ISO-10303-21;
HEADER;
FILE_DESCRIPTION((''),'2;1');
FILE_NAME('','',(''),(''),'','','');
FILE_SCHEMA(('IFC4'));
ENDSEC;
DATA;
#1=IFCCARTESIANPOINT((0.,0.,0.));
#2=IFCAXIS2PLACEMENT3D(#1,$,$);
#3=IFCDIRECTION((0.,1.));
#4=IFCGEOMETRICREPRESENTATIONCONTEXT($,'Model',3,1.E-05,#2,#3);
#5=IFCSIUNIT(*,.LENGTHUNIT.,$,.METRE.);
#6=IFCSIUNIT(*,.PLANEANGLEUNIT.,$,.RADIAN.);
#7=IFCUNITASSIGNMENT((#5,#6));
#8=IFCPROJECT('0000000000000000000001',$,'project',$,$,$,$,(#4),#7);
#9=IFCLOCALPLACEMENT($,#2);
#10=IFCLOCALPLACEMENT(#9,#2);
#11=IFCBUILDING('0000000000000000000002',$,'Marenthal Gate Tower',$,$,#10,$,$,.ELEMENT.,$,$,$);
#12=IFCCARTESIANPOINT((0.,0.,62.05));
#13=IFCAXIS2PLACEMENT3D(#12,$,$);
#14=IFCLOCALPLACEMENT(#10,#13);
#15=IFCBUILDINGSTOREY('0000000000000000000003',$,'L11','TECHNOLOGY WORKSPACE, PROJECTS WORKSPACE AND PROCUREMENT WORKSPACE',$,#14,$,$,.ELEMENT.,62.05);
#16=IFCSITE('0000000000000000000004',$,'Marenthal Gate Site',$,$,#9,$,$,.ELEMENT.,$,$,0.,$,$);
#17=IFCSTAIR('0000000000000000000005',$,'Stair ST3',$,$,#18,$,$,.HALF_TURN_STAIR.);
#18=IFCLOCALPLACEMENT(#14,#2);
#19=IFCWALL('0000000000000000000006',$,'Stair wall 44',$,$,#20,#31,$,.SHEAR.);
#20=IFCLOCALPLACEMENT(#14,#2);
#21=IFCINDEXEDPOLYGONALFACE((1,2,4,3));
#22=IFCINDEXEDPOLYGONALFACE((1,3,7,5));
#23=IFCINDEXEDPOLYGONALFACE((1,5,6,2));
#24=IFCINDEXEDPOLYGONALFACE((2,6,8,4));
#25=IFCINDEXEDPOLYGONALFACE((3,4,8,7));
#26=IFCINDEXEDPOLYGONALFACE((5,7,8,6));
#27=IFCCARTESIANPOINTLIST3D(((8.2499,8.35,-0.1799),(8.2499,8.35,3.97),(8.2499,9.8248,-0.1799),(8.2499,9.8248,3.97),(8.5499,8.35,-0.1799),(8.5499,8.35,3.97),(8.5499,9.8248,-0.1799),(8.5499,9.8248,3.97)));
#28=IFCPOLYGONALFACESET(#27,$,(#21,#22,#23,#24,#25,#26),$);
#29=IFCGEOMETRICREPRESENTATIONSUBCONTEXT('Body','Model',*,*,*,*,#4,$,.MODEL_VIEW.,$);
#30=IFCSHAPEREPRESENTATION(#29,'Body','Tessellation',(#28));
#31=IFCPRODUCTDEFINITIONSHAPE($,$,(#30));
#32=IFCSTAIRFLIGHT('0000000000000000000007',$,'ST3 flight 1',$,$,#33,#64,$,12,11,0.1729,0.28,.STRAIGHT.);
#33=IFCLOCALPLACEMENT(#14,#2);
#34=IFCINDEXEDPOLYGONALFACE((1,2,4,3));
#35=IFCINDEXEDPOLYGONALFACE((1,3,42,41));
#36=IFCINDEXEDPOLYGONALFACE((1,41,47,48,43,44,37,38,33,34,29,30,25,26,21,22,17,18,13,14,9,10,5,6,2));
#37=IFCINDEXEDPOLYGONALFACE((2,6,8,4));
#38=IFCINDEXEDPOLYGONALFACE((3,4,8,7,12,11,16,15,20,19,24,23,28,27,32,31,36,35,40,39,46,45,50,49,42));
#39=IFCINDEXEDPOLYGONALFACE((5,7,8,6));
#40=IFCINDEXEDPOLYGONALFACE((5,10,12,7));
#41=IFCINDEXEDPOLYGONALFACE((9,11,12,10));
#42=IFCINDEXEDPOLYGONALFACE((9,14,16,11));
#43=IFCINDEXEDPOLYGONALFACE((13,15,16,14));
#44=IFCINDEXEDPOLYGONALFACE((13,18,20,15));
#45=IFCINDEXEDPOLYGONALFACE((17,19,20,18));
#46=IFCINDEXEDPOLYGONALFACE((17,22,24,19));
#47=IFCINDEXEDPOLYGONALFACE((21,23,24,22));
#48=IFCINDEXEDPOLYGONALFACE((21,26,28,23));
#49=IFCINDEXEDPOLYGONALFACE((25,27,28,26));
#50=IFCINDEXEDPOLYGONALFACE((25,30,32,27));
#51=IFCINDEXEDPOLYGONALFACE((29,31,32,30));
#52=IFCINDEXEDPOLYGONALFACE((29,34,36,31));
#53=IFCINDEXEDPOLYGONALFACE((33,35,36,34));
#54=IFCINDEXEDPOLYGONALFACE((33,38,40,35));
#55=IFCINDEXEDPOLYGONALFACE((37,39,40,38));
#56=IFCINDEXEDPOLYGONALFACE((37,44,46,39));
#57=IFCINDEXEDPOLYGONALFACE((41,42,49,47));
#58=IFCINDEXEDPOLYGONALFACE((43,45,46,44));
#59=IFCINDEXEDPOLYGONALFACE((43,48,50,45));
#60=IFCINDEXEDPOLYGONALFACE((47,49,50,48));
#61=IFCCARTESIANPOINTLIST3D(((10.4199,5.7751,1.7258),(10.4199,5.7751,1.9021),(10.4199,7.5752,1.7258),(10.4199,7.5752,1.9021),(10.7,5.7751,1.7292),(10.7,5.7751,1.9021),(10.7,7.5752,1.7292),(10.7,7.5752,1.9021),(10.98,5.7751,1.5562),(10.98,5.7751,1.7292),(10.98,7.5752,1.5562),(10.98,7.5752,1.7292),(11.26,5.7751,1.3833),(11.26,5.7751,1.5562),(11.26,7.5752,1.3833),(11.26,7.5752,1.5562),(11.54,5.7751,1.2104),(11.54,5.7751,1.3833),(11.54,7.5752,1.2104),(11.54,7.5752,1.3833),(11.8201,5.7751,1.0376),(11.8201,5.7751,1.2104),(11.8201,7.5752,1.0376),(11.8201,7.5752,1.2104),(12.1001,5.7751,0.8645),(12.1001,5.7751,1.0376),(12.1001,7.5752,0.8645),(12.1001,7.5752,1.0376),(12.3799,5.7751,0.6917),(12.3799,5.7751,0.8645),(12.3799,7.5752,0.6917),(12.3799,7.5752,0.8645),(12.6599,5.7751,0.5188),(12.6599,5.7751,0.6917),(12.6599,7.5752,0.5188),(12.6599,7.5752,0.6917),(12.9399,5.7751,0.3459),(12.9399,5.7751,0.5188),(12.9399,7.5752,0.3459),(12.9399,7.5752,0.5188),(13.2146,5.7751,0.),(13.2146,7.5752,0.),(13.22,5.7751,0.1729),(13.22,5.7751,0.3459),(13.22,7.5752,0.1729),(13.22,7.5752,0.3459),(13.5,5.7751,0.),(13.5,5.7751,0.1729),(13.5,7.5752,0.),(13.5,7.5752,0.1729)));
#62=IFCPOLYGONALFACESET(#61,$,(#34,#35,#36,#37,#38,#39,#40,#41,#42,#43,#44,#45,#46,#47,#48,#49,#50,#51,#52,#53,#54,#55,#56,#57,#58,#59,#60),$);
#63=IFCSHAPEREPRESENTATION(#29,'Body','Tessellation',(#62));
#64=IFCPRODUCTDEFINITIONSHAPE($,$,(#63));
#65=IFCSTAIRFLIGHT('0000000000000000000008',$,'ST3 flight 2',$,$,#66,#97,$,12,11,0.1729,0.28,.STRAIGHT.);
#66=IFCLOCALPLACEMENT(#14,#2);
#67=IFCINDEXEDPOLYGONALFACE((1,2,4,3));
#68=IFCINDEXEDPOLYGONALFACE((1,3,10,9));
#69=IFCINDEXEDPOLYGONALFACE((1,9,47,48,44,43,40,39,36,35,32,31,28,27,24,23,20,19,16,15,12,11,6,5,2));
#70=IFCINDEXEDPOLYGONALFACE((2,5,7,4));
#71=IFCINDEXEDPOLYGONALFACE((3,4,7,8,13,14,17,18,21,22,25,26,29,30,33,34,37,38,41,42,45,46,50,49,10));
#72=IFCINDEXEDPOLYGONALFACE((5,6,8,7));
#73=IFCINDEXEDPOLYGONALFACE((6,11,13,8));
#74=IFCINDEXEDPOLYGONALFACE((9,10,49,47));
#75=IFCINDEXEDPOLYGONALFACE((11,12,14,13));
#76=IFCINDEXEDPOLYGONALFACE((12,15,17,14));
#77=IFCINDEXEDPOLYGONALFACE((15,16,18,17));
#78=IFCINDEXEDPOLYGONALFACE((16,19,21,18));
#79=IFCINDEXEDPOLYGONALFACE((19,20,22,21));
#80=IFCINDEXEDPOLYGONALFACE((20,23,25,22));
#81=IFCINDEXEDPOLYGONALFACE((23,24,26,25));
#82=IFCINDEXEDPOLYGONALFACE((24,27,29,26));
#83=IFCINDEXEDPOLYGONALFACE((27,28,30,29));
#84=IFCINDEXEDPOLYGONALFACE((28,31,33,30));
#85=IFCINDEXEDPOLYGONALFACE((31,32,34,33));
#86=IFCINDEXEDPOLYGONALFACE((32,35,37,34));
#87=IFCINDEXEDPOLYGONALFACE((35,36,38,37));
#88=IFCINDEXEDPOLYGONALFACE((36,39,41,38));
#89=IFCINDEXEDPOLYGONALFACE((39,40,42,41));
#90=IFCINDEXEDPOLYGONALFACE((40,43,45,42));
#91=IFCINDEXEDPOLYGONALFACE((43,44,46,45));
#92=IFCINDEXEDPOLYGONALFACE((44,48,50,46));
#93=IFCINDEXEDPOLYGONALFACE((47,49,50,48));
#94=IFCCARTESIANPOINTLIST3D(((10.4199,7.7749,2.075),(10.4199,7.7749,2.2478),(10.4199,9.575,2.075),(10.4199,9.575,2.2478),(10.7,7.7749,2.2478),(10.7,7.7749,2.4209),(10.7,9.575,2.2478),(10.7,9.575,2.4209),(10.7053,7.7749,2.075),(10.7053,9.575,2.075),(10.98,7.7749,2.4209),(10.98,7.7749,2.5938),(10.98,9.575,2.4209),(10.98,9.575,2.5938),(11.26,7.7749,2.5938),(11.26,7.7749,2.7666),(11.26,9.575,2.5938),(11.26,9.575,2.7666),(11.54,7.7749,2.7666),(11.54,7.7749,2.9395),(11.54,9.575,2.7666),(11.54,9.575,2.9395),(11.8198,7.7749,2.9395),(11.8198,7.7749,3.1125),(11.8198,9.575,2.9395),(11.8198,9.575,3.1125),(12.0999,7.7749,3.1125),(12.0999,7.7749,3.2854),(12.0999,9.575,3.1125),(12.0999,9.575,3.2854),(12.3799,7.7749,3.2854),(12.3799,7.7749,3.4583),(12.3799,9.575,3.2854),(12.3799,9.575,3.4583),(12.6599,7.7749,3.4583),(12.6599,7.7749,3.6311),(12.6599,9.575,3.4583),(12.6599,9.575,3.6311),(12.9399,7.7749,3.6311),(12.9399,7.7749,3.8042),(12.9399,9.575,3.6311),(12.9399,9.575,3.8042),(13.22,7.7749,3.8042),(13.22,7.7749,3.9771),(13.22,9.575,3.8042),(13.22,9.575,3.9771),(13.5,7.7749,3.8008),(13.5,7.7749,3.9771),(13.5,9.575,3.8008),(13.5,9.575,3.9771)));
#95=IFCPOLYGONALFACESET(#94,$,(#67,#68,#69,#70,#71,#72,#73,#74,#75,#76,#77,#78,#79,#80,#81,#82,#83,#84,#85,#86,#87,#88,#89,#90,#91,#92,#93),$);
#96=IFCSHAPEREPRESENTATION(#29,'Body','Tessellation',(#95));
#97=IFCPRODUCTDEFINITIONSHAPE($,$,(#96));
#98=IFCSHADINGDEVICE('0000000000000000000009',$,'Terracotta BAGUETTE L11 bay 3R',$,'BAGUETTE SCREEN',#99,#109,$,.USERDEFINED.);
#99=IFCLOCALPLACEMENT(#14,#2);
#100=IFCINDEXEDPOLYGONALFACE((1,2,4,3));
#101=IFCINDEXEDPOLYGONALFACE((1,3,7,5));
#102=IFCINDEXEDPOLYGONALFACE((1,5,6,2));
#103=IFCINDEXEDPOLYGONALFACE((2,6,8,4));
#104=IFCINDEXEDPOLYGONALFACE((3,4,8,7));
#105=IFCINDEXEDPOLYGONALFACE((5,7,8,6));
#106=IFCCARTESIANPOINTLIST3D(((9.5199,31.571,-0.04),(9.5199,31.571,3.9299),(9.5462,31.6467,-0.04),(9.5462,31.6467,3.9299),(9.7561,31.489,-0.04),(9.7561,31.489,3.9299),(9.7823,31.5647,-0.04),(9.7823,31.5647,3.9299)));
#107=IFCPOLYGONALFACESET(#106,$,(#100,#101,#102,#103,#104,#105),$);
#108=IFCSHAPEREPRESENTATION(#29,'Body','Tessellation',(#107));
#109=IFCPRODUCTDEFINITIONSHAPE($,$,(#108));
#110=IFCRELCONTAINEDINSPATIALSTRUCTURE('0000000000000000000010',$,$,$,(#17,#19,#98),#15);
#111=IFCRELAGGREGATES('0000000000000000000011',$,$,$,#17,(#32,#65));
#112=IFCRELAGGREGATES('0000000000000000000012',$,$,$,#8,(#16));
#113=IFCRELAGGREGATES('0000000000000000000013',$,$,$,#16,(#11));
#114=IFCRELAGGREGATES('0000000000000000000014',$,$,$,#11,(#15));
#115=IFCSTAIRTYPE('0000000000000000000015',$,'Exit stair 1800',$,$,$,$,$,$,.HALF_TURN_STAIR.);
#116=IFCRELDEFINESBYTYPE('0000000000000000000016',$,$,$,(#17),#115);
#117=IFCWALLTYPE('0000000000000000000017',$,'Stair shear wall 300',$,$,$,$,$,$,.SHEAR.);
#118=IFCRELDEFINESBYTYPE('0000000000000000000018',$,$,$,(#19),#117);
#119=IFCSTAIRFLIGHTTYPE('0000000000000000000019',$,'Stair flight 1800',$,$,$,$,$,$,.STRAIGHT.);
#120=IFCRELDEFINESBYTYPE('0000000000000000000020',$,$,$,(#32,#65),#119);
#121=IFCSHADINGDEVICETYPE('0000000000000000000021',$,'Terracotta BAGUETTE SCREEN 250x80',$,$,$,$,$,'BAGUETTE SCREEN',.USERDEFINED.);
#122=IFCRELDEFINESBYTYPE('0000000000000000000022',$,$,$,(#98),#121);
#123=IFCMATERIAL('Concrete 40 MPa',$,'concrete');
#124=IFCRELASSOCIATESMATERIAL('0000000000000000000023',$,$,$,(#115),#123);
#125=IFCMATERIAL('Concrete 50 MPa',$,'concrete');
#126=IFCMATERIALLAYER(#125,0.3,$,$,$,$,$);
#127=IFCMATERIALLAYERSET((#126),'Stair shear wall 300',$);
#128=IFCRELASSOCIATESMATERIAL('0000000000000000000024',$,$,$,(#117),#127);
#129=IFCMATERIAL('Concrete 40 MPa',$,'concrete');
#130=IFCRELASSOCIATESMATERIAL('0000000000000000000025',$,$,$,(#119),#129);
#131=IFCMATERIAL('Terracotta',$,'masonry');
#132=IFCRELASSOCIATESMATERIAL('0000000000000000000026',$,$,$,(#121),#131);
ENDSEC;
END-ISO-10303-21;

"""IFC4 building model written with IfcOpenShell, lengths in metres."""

from ifc_helpers import new_model, si_unit, direction, frame, frame_2d, origin, origin_2d, place, context, subcontext, project, spatial, polyline, rectangle, outline, extrude, material, layer, layer_set, material_profile, profile_set, type_object, element, aggregate, save


model = new_model("IFC4")

# Units and contexts
model_context = context("Model", 3, precision=1e-05, world=origin(), true_north=direction((0.0, 1.0)))
body_context = subcontext(model_context, "Body", "Model", "MODEL_VIEW")
ifc_project = project(units=[si_unit("LENGTHUNIT", "METRE"), si_unit("PLANEANGLEUNIT", "RADIAN")], contexts=[model_context])

# Site, building, storey
site_placement = place(None, origin())
site = spatial("IfcSite", under=ifc_project, at=site_placement, Name="Marenthal Gate Site", CompositionType="ELEMENT", RefElevation=0.0)
building_placement = place(site_placement, origin())
building = spatial("IfcBuilding", under=site, at=building_placement, Name="Marenthal Gate Tower", CompositionType="ELEMENT")
storey_placement = place(building_placement, frame((0.0, 0.0, 62.05)))
storey = spatial("IfcBuildingStorey", under=building, at=storey_placement, Name="L11", Description="TECHNOLOGY WORKSPACE, PROJECTS WORKSPACE AND PROCUREMENT WORKSPACE", CompositionType="ELEMENT", Elevation=62.05)

# Stair
ifc_material_1 = material(Name="Concrete 40 MPa", Category="concrete")
stair_type = type_object("IfcStairType", Name="Exit stair 1800", PredefinedType="HALF_TURN_STAIR", material=ifc_material_1)
stair_1_placement = place(storey_placement, origin())
stair_1 = element("IfcStair", 1, at=stair_1_placement, inside=storey, type_object=stair_type, Name="Stair ST3", PredefinedType="HALF_TURN_STAIR")

# Wall
ifc_material_2 = material(Name="Concrete 50 MPa", Category="concrete")
ifc_layer_1 = layer(ifc_material_2, 0.3)
ifc_layer_set_1 = layer_set([ifc_layer_1], Name="Stair shear wall 300")
wall_type_1 = type_object("IfcWallType", Name="Stair shear wall 300", PredefinedType="SHEAR", material=ifc_layer_set_1)
wall_1_placement = place(storey_placement, frame((8.3999, 8.3501, -0.1799), z_axis=(0.0, 0.0, 1.0), x_axis=(0.0, 1.0, 0.0)))
element("IfcWall", 2, at=wall_1_placement, inside=storey, type_object=wall_type_1, Name="Stair wall 44", PredefinedType="SHEAR", context=body_context, shape_type="SweptSolid", body=[
    extrude(rectangle(XDim=1.4749, YDim=0.3, at=frame_2d((0.7373, 0.0))), origin(), (0.0, 0.0, 1.0), 4.1499),
])

# Stair flights
ifc_material_3 = material(Name="Concrete 40 MPa", Category="concrete")
stair_flight_type = type_object("IfcStairFlightType", Name="Stair flight 1800", PredefinedType="STRAIGHT", material=ifc_material_3)
stair_flight_1_placement = place(storey_placement, frame((13.5, 6.675, 0.0), z_axis=(0.0, 0.0, 1.0), x_axis=(-1.0, 0.0, 0.0)))
stair_flight_1 = element("IfcStairFlight", 3, at=stair_flight_1_placement, type_object=stair_flight_type, Name="ST3 flight 1", NumberOfRisers=12, NumberOfTreads=11, PredefinedType="STRAIGHT", RiserHeight=0.1729, TreadLength=0.28, context=body_context, shape_type="SweptSolid", body=[
    extrude(outline(polyline([(0.0, 0.0), (0.0, 0.1729), (0.28, 0.1729), (0.28, 0.3459), (0.5601, 0.3459), (0.5601, 0.5188), (0.8401, 0.5188), (0.8401, 0.6917), (1.1201, 0.6917), (1.1201, 0.8645), (1.3999, 0.8645), (1.3999, 1.0376), (1.6799, 1.0376), (1.6799, 1.2104), (1.96, 1.2104), (1.96, 1.3833), (2.24, 1.3833), (2.24, 1.5562), (2.52, 1.5562), (2.52, 1.7292), (2.8, 1.7292), (2.8, 1.9021), (3.0801, 1.9021), (3.0801, 2.075), (3.0801, 1.7258), (0.2854, 0.0), (0.0, 0.0)])), frame((0.0, 0.8999, 0.0), z_axis=(0.0, -1.0, 0.0), x_axis=(1.0, 0.0, 0.0)), (0.0, 0.0, 1.0), 1.8),
])
stair_flight_2_placement = place(storey_placement, frame((10.4199, 8.675, 2.075), z_axis=(0.0, 0.0, 1.0), x_axis=(1.0, 0.0, 0.0)))
stair_flight_2 = element("IfcStairFlight", 4, at=stair_flight_2_placement, type_object=stair_flight_type, Name="ST3 flight 2", NumberOfRisers=12, NumberOfTreads=11, PredefinedType="STRAIGHT", RiserHeight=0.1729, TreadLength=0.28, context=body_context, shape_type="SweptSolid", body=[
    extrude(outline(polyline([(0.0, 0.0), (0.0, 0.1729), (0.28, 0.1729), (0.28, 0.3459), (0.5601, 0.3459), (0.5601, 0.5188), (0.8401, 0.5188), (0.8401, 0.6917), (1.1201, 0.6917), (1.1201, 0.8645), (1.3999, 0.8645), (1.3999, 1.0376), (1.6799, 1.0376), (1.6799, 1.2104), (1.96, 1.2104), (1.96, 1.3833), (2.24, 1.3833), (2.24, 1.5562), (2.52, 1.5562), (2.52, 1.7292), (2.8, 1.7292), (2.8, 1.9021), (3.0801, 1.9021), (3.0801, 2.075), (3.0801, 1.7258), (0.2854, 0.0), (0.0, 0.0)])), frame((0.0, 0.8999, 0.0), z_axis=(0.0, -1.0, 0.0), x_axis=(1.0, 0.0, 0.0)), (0.0, 0.0, 1.0), 1.8),
])
aggregate(stair_1, [stair_flight_1, stair_flight_2])

# Shading device
ifc_material_4 = material(Name="Terracotta", Category="masonry")
ifc_material_profile_1 = material_profile(ifc_material_4, rectangle(XDim=0.25, YDim=0.0801, at=origin_2d()), Name="Terracotta baguette 250x80")
ifc_profile_set_1 = profile_set([ifc_material_profile_1], Name="Terracotta")
shading_device_type = type_object("IfcShadingDeviceType", Name="Terracotta BAGUETTE SCREEN 250x80", ElementType="BAGUETTE SCREEN", PredefinedType="USERDEFINED", material=ifc_profile_set_1)
shading_device_placement = place(storey_placement, frame((9.6511, 31.5679, -0.04), z_axis=(0.0, 0.0, 1.0), x_axis=(-0.944672, 0.328016, 0.0)))
element("IfcShadingDevice", 5, at=shading_device_placement, inside=storey, type_object=shading_device_type, Name="Terracotta BAGUETTE L11 bay 3R", ObjectType="BAGUETTE SCREEN", PredefinedType="USERDEFINED", context=body_context, shape_type="SweptSolid", body=[
    extrude(rectangle(XDim=0.25, YDim=0.0801, at=origin_2d()), origin(), (0.0, 0.0, 1.0), 3.97),
])

save(model, "model.ifc")
